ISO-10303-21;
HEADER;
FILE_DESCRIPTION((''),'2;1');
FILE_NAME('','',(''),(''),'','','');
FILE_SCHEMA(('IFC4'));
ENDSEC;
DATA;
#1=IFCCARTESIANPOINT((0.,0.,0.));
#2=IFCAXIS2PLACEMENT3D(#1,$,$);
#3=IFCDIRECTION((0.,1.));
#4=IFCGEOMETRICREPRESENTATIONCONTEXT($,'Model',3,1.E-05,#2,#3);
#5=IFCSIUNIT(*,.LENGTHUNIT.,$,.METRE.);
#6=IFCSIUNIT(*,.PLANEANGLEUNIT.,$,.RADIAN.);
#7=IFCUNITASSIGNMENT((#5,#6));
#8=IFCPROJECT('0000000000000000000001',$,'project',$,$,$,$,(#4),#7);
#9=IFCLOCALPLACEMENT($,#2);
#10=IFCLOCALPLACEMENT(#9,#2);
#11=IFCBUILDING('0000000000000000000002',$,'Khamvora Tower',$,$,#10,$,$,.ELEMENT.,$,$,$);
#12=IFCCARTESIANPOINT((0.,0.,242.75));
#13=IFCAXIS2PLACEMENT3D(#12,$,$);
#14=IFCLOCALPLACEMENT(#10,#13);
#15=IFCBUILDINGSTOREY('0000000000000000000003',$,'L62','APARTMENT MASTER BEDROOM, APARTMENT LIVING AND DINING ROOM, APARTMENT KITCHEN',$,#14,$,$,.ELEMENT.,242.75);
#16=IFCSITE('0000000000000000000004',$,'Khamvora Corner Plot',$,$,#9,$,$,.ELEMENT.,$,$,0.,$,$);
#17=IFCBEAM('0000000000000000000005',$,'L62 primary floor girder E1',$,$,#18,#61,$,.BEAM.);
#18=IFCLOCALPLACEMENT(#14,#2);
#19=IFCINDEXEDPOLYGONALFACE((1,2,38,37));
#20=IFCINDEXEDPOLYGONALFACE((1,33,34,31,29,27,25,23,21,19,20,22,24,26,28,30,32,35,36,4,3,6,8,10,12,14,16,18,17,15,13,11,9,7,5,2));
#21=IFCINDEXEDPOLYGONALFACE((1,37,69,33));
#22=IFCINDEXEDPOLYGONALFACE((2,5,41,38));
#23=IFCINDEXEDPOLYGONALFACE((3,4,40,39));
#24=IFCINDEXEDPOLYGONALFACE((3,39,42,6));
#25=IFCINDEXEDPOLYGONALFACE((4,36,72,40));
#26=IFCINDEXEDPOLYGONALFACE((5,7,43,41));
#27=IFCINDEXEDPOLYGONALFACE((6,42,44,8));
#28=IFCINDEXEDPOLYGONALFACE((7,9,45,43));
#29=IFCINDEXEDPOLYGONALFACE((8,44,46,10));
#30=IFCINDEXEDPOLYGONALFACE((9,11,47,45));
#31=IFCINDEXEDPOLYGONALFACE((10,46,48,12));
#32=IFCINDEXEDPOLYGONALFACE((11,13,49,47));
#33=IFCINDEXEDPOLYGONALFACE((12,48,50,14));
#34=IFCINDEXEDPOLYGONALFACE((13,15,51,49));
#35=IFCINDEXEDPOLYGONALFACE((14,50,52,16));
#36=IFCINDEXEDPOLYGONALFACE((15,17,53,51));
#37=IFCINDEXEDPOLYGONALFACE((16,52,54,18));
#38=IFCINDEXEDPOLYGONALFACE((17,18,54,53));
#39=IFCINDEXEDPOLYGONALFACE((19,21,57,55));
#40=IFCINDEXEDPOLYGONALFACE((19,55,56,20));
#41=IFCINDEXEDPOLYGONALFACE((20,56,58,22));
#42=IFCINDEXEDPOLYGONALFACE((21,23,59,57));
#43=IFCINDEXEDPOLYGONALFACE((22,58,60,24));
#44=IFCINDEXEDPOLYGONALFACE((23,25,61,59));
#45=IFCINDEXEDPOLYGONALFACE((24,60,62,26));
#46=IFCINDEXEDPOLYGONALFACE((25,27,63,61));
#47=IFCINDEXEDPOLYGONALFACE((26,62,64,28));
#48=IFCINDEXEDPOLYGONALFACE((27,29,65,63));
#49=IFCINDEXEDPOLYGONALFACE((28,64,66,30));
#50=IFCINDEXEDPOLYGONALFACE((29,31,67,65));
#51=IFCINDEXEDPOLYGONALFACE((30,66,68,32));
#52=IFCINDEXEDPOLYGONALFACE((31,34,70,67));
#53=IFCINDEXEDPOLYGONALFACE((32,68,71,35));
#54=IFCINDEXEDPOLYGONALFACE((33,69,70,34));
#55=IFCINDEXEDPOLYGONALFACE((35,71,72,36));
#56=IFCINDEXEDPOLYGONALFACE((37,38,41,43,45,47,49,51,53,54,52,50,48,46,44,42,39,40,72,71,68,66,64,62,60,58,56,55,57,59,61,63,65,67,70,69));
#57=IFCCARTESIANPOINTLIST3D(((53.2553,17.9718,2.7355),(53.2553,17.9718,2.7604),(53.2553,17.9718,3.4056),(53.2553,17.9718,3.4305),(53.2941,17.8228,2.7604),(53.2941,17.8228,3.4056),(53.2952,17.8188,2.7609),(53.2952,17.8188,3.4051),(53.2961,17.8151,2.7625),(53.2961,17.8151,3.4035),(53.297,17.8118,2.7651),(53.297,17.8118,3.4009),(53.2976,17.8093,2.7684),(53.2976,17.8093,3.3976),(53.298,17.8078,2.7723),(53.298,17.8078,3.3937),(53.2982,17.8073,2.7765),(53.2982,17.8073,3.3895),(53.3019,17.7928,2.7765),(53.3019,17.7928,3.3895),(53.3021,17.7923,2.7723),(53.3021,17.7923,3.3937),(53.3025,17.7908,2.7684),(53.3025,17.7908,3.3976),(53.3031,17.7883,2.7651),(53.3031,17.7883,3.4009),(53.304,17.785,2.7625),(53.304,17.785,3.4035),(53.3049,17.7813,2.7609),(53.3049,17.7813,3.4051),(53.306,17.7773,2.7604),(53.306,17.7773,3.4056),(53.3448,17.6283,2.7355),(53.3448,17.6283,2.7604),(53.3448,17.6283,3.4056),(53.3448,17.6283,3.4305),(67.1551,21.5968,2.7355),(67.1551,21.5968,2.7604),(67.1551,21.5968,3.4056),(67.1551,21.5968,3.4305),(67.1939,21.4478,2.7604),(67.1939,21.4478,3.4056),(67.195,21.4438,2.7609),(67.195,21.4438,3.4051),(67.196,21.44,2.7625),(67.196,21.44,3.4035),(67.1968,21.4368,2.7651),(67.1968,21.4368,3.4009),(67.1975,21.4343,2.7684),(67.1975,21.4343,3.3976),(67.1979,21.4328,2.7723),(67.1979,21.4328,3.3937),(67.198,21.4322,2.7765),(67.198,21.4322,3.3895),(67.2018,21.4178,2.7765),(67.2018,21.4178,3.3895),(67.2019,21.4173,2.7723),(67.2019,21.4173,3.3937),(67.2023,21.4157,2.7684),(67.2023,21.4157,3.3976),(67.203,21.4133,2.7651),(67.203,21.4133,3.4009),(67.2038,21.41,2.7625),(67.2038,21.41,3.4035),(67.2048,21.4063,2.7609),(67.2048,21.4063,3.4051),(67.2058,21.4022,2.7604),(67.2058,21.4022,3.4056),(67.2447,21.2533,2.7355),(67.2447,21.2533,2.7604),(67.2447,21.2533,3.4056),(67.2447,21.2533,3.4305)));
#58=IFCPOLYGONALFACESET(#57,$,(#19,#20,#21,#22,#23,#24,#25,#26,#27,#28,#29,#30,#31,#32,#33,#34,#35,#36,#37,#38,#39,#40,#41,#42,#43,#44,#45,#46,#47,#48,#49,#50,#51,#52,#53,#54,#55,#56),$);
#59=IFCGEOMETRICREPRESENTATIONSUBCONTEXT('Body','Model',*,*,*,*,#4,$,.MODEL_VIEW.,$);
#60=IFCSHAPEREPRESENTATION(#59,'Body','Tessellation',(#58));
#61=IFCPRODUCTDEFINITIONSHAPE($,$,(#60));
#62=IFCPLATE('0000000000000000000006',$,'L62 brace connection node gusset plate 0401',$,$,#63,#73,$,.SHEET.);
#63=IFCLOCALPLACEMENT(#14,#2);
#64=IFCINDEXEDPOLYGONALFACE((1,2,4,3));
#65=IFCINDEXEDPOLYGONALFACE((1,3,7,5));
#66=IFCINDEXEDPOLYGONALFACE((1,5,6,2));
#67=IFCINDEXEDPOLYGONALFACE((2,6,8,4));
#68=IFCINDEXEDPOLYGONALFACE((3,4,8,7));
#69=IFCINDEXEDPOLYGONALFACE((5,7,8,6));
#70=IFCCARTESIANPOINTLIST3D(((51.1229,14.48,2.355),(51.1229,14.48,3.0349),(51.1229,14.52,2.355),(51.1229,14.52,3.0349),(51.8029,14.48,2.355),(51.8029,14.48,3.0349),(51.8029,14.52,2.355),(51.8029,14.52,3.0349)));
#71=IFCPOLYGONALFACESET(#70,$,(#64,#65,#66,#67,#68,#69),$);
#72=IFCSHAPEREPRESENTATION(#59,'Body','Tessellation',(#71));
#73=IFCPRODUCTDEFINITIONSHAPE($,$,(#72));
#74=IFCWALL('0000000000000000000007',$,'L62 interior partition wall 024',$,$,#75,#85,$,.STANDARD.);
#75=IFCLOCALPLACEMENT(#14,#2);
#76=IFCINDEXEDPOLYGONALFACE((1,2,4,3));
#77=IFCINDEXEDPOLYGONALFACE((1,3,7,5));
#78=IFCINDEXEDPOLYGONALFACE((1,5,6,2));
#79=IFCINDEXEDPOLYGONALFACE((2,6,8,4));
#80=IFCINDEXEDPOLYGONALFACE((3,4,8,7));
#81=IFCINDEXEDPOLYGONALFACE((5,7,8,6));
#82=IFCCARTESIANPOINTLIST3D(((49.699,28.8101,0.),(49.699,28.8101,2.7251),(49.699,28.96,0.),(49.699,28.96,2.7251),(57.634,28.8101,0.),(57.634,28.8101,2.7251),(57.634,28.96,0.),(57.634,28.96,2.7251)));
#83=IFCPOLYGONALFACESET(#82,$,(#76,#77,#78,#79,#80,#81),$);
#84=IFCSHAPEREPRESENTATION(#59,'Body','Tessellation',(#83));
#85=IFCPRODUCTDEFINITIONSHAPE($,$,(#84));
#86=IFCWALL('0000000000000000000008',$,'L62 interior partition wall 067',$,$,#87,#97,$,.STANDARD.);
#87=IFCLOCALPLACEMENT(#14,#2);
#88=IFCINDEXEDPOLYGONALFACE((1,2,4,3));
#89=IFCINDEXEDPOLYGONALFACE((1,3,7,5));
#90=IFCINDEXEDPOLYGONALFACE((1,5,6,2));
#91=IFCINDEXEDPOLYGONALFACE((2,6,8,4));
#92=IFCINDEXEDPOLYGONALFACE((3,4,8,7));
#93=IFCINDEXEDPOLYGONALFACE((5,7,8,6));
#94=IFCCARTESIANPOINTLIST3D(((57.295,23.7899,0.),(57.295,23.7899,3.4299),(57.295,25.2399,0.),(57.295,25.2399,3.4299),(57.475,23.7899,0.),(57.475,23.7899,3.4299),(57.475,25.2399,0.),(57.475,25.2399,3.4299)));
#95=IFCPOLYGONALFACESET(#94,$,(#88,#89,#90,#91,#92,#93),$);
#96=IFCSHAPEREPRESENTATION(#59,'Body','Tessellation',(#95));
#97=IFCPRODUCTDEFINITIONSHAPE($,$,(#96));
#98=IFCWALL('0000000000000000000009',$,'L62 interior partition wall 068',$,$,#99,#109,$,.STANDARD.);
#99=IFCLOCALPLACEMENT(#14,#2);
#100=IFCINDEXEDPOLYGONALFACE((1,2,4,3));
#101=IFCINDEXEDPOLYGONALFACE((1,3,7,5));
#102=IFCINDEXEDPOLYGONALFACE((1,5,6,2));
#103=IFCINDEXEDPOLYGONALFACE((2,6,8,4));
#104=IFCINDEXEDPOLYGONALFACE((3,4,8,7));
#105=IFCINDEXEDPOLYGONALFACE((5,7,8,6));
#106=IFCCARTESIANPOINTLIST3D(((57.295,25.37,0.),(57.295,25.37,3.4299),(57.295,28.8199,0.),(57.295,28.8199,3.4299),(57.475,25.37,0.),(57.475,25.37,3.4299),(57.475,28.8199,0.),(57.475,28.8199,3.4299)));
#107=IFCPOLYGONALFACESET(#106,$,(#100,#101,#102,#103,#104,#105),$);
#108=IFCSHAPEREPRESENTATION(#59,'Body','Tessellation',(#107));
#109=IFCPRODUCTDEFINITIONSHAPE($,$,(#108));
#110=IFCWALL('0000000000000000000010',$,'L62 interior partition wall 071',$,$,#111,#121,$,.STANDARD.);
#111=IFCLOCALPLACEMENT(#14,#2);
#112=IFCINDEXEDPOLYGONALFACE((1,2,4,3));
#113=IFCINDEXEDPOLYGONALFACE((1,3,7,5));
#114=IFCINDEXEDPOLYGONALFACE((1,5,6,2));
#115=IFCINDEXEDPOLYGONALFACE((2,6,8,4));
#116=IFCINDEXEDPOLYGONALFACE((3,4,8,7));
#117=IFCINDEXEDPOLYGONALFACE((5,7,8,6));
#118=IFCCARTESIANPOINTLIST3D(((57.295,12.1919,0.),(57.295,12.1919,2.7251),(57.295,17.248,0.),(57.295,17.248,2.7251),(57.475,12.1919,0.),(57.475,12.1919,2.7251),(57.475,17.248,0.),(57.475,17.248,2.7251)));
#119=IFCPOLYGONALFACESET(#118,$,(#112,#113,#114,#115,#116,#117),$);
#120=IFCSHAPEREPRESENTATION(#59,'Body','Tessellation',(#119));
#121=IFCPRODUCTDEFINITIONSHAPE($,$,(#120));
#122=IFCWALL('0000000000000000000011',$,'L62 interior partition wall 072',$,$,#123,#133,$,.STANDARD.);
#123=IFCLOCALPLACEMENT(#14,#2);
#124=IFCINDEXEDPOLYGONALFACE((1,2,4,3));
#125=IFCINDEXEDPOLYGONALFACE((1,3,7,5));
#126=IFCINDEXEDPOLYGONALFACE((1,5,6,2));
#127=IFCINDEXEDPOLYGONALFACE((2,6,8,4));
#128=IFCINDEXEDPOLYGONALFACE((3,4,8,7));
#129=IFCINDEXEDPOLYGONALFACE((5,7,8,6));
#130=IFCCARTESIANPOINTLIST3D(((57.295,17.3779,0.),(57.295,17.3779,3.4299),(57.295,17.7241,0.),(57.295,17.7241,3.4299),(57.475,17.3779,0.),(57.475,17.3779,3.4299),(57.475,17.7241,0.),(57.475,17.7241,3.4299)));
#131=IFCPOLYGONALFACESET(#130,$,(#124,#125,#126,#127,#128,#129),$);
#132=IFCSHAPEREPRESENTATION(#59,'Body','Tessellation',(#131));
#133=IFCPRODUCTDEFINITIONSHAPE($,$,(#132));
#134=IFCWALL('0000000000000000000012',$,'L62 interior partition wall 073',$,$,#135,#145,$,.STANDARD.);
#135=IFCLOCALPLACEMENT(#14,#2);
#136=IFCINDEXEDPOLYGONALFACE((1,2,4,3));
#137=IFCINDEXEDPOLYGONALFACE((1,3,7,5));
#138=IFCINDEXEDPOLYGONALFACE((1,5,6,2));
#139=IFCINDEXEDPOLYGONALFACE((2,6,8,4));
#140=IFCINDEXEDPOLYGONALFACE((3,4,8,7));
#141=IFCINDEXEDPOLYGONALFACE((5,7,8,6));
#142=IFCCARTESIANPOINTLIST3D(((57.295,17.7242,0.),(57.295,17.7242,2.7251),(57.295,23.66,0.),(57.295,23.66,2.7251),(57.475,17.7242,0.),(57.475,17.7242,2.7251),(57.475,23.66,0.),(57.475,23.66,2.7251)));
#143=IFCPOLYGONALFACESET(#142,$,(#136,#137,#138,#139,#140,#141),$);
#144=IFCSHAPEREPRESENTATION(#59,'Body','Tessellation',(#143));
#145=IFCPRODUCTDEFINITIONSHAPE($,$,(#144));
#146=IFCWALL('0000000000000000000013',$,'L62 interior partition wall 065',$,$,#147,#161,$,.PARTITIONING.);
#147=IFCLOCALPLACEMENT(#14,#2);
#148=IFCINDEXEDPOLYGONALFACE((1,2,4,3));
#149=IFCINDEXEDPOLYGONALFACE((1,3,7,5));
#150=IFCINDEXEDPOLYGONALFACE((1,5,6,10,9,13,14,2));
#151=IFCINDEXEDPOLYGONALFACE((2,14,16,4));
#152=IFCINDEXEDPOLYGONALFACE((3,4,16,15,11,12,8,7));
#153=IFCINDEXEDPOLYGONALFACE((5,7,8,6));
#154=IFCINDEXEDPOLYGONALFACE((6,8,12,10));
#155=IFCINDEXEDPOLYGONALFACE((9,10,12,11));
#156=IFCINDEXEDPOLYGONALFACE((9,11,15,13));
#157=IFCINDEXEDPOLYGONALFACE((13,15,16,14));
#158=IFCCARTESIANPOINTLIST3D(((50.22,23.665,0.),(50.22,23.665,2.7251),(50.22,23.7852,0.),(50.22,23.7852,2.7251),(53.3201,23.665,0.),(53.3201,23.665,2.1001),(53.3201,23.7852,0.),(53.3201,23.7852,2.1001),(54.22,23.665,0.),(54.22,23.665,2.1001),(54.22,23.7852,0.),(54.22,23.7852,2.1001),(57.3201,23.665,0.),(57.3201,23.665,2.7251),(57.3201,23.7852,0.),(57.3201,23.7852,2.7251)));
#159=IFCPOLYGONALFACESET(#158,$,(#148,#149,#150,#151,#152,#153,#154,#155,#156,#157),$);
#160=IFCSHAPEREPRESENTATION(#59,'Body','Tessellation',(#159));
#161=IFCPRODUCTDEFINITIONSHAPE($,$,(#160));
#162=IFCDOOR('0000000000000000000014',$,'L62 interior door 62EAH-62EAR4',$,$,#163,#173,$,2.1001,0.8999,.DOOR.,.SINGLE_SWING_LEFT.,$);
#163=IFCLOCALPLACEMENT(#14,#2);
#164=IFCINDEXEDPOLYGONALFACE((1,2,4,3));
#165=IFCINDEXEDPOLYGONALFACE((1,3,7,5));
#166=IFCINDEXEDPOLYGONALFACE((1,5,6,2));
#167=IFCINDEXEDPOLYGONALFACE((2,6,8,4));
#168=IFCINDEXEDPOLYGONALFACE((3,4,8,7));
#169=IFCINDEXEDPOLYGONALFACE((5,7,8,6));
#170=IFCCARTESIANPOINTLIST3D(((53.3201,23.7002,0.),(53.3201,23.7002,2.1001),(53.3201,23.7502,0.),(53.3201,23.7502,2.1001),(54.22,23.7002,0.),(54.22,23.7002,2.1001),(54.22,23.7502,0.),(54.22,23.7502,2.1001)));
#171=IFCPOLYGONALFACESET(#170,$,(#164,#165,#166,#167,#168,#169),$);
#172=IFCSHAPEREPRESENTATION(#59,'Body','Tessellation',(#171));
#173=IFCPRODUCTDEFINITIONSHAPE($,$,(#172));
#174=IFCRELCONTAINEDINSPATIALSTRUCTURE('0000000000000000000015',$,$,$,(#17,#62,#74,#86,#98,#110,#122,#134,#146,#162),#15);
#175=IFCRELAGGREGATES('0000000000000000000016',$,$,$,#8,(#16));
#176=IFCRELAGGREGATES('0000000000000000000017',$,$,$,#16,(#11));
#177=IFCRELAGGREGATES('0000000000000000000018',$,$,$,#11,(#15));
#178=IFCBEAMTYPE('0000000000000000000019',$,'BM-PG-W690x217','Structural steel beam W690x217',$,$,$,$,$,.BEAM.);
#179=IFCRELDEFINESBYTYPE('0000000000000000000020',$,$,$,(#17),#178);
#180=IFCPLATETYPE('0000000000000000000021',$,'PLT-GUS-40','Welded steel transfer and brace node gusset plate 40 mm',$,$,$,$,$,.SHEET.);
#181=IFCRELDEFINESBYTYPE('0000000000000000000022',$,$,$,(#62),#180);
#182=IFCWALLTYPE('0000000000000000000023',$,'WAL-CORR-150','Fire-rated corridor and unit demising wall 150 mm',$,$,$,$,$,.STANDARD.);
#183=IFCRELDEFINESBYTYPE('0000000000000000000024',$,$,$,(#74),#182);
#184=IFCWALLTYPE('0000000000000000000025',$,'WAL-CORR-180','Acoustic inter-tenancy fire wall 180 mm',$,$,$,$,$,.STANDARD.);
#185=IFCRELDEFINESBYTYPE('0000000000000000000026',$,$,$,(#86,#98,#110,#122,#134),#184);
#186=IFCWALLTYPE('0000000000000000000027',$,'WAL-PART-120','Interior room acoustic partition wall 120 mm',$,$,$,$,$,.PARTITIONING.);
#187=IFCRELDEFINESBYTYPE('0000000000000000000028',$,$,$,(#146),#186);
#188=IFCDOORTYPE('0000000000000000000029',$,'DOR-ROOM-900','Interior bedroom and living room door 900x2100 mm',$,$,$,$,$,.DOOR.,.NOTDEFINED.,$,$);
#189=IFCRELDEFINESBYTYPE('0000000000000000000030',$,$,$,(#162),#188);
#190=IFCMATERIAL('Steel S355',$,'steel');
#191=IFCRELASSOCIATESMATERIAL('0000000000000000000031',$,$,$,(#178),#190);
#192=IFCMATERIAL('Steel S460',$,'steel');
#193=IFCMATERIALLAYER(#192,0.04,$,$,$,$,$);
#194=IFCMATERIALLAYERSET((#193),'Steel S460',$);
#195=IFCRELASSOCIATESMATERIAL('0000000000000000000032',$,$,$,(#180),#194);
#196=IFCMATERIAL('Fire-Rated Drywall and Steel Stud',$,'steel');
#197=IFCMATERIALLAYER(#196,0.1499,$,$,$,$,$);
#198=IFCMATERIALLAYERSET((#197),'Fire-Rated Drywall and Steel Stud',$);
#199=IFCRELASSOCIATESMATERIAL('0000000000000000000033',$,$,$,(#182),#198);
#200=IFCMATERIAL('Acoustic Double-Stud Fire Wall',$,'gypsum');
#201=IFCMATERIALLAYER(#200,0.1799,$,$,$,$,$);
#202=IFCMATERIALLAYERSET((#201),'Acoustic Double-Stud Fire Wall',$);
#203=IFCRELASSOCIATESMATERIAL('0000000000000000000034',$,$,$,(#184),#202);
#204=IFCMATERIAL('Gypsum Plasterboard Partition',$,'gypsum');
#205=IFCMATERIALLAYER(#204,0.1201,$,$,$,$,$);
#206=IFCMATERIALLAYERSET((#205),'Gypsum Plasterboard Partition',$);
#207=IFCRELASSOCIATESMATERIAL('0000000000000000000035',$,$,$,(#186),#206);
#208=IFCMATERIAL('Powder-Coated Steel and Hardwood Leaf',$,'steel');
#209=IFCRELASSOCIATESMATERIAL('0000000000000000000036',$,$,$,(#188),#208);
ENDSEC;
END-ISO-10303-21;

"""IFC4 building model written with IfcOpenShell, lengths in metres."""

from ifc_helpers import new_model, si_unit, direction, frame, frame_2d, origin, origin_2d, place, context, subcontext, project, spatial, rectangle, i_section, extrude, material, layer, layer_set, material_profile, profile_set, type_object, element, fill, save


model = new_model("IFC4")

# Units and contexts
model_context = context("Model", 3, precision=1e-05, world=origin(), true_north=direction((0.0, 1.0)))
body_context = subcontext(model_context, "Body", "Model", "MODEL_VIEW")
ifc_project = project(units=[si_unit("LENGTHUNIT", "METRE"), si_unit("PLANEANGLEUNIT", "RADIAN")], contexts=[model_context])

# Site, building, storey
site_placement = place(None, origin())
site = spatial("IfcSite", under=ifc_project, at=site_placement, Name="Khamvora Corner Plot", CompositionType="ELEMENT", RefElevation=0.0)
building_placement = place(site_placement, origin())
building = spatial("IfcBuilding", under=site, at=building_placement, Name="Khamvora Tower", CompositionType="ELEMENT")
storey_placement = place(building_placement, frame((0.0, 0.0, 242.75)))
storey = spatial("IfcBuildingStorey", under=building, at=storey_placement, Name="L62", Description="APARTMENT MASTER BEDROOM, APARTMENT LIVING AND DINING ROOM, APARTMENT KITCHEN", CompositionType="ELEMENT", Elevation=242.75)

# Shared definitions
ifc_material_1 = material(Name="Steel S355", Category="steel")

# Beam
ifc_material_profile_1 = material_profile(ifc_material_1, i_section(OverallWidth=0.355, OverallDepth=0.6951, WebThickness=0.0149, FlangeThickness=0.0249, FilletRadius=0.0161, at=origin_2d()), Name="W690x217")
ifc_profile_set_1 = profile_set([ifc_material_profile_1], Name="Steel S355")
beam_type_1 = type_object("IfcBeamType", Name="BM-PG-W690x217", Description="Structural steel beam W690x217", PredefinedType="BEAM", material=ifc_profile_set_1)
beam_1_placement = place(storey_placement, frame((53.3, 17.8, 3.083), z_axis=(0.967635, 0.252353, 0.0), x_axis=(-0.252353, 0.967635, 0.0)))
element("IfcBeam", 1, at=beam_1_placement, inside=storey, type_object=beam_type_1, Name="L62 primary floor girder E1", PredefinedType="BEAM", context=body_context, shape_type="SweptSolid", body=[
    extrude(i_section(OverallWidth=0.355, OverallDepth=0.6951, WebThickness=0.0149, FlangeThickness=0.0249, FilletRadius=0.0161, at=origin_2d()), origin(), (0.0, 0.0, 1.0), 14.3647),
])

# Plate
ifc_material_2 = material(Name="Steel S460", Category="steel")
ifc_layer_1 = layer(ifc_material_2, 0.04)
ifc_layer_set_1 = layer_set([ifc_layer_1], Name="Steel S460")
plate_type = type_object("IfcPlateType", Name="PLT-GUS-40", Description="Welded steel transfer and brace node gusset plate 40 mm", PredefinedType="SHEET", material=ifc_layer_set_1)
plate_placement = place(storey_placement, frame((51.4629, 14.5, 2.355), z_axis=(0.0, 0.0, 1.0), x_axis=(1.0, 0.0, 0.0)))
element("IfcPlate", 2, at=plate_placement, inside=storey, type_object=plate_type, Name="L62 brace connection node gusset plate 0401", PredefinedType="SHEET", context=body_context, shape_type="SweptSolid", body=[
    extrude(rectangle(XDim=0.6799, YDim=0.04, at=origin_2d()), origin(), (0.0, 0.0, 1.0), 0.6799),
])

# Walls
ifc_material_3 = material(Name="Fire-Rated Drywall and Steel Stud", Category="steel")
ifc_layer_2 = layer(ifc_material_3, 0.1499)
ifc_layer_set_2 = layer_set([ifc_layer_2], Name="Fire-Rated Drywall and Steel Stud")
wall_type_1 = type_object("IfcWallType", Name="WAL-CORR-150", Description="Fire-rated corridor and unit demising wall 150 mm", PredefinedType="STANDARD", material=ifc_layer_set_2)
wall_1_placement = place(storey_placement, frame((57.634, 28.885, 0.0), z_axis=(0.0, 0.0, 1.0), x_axis=(-1.0, 0.0, 0.0)))
element("IfcWall", 3, at=wall_1_placement, inside=storey, type_object=wall_type_1, Name="L62 interior partition wall 024", PredefinedType="STANDARD", context=body_context, shape_type="SweptSolid", body=[
    extrude(rectangle(XDim=7.9351, YDim=0.1499, at=frame_2d((3.9675, 0.0))), origin(), (0.0, 0.0, 1.0), 2.7251),
])
ifc_material_4 = material(Name="Acoustic Double-Stud Fire Wall", Category="gypsum")
ifc_layer_3 = layer(ifc_material_4, 0.1799)
ifc_layer_set_3 = layer_set([ifc_layer_3], Name="Acoustic Double-Stud Fire Wall")
wall_type_2 = type_object("IfcWallType", Name="WAL-CORR-180", Description="Acoustic inter-tenancy fire wall 180 mm", PredefinedType="STANDARD", material=ifc_layer_set_3)
wall_2_placement = place(storey_placement, frame((57.385, 25.24, 0.0), z_axis=(0.0, 0.0, 1.0), x_axis=(0.0, -1.0, 0.0)))
element("IfcWall", 4, at=wall_2_placement, inside=storey, type_object=wall_type_2, Name="L62 interior partition wall 067", PredefinedType="STANDARD", context=body_context, shape_type="SweptSolid", body=[
    extrude(rectangle(XDim=1.45, YDim=0.1799, at=frame_2d((0.7251, 0.0))), origin(), (0.0, 0.0, 1.0), 3.4299),
])
wall_3_placement = place(storey_placement, frame((57.385, 28.8201, 0.0), z_axis=(0.0, 0.0, 1.0), x_axis=(0.0, -1.0, 0.0)))
element("IfcWall", 5, at=wall_3_placement, inside=storey, type_object=wall_type_2, Name="L62 interior partition wall 068", PredefinedType="STANDARD", context=body_context, shape_type="SweptSolid", body=[
    extrude(rectangle(XDim=3.45, YDim=0.1799, at=frame_2d((1.7251, 0.0))), origin(), (0.0, 0.0, 1.0), 3.4299),
])
wall_4_placement = place(storey_placement, frame((57.385, 17.248, 0.0), z_axis=(0.0, 0.0, 1.0), x_axis=(0.0, -1.0, 0.0)))
element("IfcWall", 6, at=wall_4_placement, inside=storey, type_object=wall_type_2, Name="L62 interior partition wall 071", PredefinedType="STANDARD", context=body_context, shape_type="SweptSolid", body=[
    extrude(rectangle(XDim=5.0562, YDim=0.1799, at=frame_2d((2.5281, 0.0))), origin(), (0.0, 0.0, 1.0), 2.7251),
])
wall_5_placement = place(storey_placement, frame((57.385, 17.7241, 0.0), z_axis=(0.0, 0.0, 1.0), x_axis=(0.0, -1.0, 0.0)))
element("IfcWall", 7, at=wall_5_placement, inside=storey, type_object=wall_type_2, Name="L62 interior partition wall 072", PredefinedType="STANDARD", context=body_context, shape_type="SweptSolid", body=[
    extrude(rectangle(XDim=0.3462, YDim=0.1799, at=frame_2d((0.1731, 0.0))), origin(), (0.0, 0.0, 1.0), 3.4299),
])
wall_6_placement = place(storey_placement, frame((57.385, 23.6599, 0.0), z_axis=(0.0, 0.0, 1.0), x_axis=(0.0, -1.0, 0.0)))
element("IfcWall", 8, at=wall_6_placement, inside=storey, type_object=wall_type_2, Name="L62 interior partition wall 073", PredefinedType="STANDARD", context=body_context, shape_type="SweptSolid", body=[
    extrude(rectangle(XDim=5.9358, YDim=0.1799, at=frame_2d((2.9678, 0.0))), origin(), (0.0, 0.0, 1.0), 2.7251),
])

# Wall, opening, door
ifc_material_5 = material(Name="Gypsum Plasterboard Partition", Category="gypsum")
ifc_layer_4 = layer(ifc_material_5, 0.1201)
ifc_layer_set_4 = layer_set([ifc_layer_4], Name="Gypsum Plasterboard Partition")
wall_type_3 = type_object("IfcWallType", Name="WAL-PART-120", Description="Interior room acoustic partition wall 120 mm", PredefinedType="PARTITIONING", material=ifc_layer_set_4)
wall_7_placement = place(storey_placement, frame((57.3201, 23.7251, 0.0), z_axis=(0.0, 0.0, 1.0), x_axis=(-1.0, 0.0, 0.0)))
wall_7 = element("IfcWall", 9, at=wall_7_placement, inside=storey, type_object=wall_type_3, Name="L62 interior partition wall 065", PredefinedType="PARTITIONING", context=body_context, shape_type="SweptSolid", body=[
    extrude(rectangle(XDim=7.1001, YDim=0.1201, at=frame_2d((3.55, 0.0))), origin(), (0.0, 0.0, 1.0), 2.7251),
])
opening_1_placement = place(wall_7_placement, frame((3.1001, 0.0, 0.0)))
opening_1 = element("IfcOpeningElement", 10, at=opening_1_placement, cuts=wall_7, PredefinedType="OPENING", context=body_context, shape_type="SweptSolid", body=[
    extrude(rectangle(XDim=0.8999, YDim=2.1001, at=frame_2d((0.45, 1.05))), frame((0.0, 0.0701, 0.0), z_axis=(0.0, -1.0, 0.0), x_axis=(1.0, 0.0, 0.0)), (0.0, 0.0, 1.0), 0.1401),
])
ifc_material_6 = material(Name="Powder-Coated Steel and Hardwood Leaf", Category="steel")
door_type_1 = type_object("IfcDoorType", Name="DOR-ROOM-900", Description="Interior bedroom and living room door 900x2100 mm", OperationType="NOTDEFINED", PredefinedType="DOOR", material=ifc_material_6)
door_1_placement = place(opening_1_placement, origin())
door_1 = element("IfcDoor", 11, at=door_1_placement, inside=storey, type_object=door_type_1, Name="L62 interior door 62EAH-62EAR4", OperationType="SINGLE_SWING_LEFT", OverallHeight=2.1001, OverallWidth=0.8999, PredefinedType="DOOR", context=body_context, shape_type="SweptSolid", body=[
    extrude(rectangle(XDim=0.8999, YDim=2.1001, at=frame_2d((0.45, 1.05))), frame((0.0, 0.0249, 0.0), z_axis=(0.0, -1.0, 0.0), x_axis=(1.0, 0.0, 0.0)), (0.0, 0.0, 1.0), 0.05),
])
fill(opening_1, door_1)

save(model, "model.ifc")
